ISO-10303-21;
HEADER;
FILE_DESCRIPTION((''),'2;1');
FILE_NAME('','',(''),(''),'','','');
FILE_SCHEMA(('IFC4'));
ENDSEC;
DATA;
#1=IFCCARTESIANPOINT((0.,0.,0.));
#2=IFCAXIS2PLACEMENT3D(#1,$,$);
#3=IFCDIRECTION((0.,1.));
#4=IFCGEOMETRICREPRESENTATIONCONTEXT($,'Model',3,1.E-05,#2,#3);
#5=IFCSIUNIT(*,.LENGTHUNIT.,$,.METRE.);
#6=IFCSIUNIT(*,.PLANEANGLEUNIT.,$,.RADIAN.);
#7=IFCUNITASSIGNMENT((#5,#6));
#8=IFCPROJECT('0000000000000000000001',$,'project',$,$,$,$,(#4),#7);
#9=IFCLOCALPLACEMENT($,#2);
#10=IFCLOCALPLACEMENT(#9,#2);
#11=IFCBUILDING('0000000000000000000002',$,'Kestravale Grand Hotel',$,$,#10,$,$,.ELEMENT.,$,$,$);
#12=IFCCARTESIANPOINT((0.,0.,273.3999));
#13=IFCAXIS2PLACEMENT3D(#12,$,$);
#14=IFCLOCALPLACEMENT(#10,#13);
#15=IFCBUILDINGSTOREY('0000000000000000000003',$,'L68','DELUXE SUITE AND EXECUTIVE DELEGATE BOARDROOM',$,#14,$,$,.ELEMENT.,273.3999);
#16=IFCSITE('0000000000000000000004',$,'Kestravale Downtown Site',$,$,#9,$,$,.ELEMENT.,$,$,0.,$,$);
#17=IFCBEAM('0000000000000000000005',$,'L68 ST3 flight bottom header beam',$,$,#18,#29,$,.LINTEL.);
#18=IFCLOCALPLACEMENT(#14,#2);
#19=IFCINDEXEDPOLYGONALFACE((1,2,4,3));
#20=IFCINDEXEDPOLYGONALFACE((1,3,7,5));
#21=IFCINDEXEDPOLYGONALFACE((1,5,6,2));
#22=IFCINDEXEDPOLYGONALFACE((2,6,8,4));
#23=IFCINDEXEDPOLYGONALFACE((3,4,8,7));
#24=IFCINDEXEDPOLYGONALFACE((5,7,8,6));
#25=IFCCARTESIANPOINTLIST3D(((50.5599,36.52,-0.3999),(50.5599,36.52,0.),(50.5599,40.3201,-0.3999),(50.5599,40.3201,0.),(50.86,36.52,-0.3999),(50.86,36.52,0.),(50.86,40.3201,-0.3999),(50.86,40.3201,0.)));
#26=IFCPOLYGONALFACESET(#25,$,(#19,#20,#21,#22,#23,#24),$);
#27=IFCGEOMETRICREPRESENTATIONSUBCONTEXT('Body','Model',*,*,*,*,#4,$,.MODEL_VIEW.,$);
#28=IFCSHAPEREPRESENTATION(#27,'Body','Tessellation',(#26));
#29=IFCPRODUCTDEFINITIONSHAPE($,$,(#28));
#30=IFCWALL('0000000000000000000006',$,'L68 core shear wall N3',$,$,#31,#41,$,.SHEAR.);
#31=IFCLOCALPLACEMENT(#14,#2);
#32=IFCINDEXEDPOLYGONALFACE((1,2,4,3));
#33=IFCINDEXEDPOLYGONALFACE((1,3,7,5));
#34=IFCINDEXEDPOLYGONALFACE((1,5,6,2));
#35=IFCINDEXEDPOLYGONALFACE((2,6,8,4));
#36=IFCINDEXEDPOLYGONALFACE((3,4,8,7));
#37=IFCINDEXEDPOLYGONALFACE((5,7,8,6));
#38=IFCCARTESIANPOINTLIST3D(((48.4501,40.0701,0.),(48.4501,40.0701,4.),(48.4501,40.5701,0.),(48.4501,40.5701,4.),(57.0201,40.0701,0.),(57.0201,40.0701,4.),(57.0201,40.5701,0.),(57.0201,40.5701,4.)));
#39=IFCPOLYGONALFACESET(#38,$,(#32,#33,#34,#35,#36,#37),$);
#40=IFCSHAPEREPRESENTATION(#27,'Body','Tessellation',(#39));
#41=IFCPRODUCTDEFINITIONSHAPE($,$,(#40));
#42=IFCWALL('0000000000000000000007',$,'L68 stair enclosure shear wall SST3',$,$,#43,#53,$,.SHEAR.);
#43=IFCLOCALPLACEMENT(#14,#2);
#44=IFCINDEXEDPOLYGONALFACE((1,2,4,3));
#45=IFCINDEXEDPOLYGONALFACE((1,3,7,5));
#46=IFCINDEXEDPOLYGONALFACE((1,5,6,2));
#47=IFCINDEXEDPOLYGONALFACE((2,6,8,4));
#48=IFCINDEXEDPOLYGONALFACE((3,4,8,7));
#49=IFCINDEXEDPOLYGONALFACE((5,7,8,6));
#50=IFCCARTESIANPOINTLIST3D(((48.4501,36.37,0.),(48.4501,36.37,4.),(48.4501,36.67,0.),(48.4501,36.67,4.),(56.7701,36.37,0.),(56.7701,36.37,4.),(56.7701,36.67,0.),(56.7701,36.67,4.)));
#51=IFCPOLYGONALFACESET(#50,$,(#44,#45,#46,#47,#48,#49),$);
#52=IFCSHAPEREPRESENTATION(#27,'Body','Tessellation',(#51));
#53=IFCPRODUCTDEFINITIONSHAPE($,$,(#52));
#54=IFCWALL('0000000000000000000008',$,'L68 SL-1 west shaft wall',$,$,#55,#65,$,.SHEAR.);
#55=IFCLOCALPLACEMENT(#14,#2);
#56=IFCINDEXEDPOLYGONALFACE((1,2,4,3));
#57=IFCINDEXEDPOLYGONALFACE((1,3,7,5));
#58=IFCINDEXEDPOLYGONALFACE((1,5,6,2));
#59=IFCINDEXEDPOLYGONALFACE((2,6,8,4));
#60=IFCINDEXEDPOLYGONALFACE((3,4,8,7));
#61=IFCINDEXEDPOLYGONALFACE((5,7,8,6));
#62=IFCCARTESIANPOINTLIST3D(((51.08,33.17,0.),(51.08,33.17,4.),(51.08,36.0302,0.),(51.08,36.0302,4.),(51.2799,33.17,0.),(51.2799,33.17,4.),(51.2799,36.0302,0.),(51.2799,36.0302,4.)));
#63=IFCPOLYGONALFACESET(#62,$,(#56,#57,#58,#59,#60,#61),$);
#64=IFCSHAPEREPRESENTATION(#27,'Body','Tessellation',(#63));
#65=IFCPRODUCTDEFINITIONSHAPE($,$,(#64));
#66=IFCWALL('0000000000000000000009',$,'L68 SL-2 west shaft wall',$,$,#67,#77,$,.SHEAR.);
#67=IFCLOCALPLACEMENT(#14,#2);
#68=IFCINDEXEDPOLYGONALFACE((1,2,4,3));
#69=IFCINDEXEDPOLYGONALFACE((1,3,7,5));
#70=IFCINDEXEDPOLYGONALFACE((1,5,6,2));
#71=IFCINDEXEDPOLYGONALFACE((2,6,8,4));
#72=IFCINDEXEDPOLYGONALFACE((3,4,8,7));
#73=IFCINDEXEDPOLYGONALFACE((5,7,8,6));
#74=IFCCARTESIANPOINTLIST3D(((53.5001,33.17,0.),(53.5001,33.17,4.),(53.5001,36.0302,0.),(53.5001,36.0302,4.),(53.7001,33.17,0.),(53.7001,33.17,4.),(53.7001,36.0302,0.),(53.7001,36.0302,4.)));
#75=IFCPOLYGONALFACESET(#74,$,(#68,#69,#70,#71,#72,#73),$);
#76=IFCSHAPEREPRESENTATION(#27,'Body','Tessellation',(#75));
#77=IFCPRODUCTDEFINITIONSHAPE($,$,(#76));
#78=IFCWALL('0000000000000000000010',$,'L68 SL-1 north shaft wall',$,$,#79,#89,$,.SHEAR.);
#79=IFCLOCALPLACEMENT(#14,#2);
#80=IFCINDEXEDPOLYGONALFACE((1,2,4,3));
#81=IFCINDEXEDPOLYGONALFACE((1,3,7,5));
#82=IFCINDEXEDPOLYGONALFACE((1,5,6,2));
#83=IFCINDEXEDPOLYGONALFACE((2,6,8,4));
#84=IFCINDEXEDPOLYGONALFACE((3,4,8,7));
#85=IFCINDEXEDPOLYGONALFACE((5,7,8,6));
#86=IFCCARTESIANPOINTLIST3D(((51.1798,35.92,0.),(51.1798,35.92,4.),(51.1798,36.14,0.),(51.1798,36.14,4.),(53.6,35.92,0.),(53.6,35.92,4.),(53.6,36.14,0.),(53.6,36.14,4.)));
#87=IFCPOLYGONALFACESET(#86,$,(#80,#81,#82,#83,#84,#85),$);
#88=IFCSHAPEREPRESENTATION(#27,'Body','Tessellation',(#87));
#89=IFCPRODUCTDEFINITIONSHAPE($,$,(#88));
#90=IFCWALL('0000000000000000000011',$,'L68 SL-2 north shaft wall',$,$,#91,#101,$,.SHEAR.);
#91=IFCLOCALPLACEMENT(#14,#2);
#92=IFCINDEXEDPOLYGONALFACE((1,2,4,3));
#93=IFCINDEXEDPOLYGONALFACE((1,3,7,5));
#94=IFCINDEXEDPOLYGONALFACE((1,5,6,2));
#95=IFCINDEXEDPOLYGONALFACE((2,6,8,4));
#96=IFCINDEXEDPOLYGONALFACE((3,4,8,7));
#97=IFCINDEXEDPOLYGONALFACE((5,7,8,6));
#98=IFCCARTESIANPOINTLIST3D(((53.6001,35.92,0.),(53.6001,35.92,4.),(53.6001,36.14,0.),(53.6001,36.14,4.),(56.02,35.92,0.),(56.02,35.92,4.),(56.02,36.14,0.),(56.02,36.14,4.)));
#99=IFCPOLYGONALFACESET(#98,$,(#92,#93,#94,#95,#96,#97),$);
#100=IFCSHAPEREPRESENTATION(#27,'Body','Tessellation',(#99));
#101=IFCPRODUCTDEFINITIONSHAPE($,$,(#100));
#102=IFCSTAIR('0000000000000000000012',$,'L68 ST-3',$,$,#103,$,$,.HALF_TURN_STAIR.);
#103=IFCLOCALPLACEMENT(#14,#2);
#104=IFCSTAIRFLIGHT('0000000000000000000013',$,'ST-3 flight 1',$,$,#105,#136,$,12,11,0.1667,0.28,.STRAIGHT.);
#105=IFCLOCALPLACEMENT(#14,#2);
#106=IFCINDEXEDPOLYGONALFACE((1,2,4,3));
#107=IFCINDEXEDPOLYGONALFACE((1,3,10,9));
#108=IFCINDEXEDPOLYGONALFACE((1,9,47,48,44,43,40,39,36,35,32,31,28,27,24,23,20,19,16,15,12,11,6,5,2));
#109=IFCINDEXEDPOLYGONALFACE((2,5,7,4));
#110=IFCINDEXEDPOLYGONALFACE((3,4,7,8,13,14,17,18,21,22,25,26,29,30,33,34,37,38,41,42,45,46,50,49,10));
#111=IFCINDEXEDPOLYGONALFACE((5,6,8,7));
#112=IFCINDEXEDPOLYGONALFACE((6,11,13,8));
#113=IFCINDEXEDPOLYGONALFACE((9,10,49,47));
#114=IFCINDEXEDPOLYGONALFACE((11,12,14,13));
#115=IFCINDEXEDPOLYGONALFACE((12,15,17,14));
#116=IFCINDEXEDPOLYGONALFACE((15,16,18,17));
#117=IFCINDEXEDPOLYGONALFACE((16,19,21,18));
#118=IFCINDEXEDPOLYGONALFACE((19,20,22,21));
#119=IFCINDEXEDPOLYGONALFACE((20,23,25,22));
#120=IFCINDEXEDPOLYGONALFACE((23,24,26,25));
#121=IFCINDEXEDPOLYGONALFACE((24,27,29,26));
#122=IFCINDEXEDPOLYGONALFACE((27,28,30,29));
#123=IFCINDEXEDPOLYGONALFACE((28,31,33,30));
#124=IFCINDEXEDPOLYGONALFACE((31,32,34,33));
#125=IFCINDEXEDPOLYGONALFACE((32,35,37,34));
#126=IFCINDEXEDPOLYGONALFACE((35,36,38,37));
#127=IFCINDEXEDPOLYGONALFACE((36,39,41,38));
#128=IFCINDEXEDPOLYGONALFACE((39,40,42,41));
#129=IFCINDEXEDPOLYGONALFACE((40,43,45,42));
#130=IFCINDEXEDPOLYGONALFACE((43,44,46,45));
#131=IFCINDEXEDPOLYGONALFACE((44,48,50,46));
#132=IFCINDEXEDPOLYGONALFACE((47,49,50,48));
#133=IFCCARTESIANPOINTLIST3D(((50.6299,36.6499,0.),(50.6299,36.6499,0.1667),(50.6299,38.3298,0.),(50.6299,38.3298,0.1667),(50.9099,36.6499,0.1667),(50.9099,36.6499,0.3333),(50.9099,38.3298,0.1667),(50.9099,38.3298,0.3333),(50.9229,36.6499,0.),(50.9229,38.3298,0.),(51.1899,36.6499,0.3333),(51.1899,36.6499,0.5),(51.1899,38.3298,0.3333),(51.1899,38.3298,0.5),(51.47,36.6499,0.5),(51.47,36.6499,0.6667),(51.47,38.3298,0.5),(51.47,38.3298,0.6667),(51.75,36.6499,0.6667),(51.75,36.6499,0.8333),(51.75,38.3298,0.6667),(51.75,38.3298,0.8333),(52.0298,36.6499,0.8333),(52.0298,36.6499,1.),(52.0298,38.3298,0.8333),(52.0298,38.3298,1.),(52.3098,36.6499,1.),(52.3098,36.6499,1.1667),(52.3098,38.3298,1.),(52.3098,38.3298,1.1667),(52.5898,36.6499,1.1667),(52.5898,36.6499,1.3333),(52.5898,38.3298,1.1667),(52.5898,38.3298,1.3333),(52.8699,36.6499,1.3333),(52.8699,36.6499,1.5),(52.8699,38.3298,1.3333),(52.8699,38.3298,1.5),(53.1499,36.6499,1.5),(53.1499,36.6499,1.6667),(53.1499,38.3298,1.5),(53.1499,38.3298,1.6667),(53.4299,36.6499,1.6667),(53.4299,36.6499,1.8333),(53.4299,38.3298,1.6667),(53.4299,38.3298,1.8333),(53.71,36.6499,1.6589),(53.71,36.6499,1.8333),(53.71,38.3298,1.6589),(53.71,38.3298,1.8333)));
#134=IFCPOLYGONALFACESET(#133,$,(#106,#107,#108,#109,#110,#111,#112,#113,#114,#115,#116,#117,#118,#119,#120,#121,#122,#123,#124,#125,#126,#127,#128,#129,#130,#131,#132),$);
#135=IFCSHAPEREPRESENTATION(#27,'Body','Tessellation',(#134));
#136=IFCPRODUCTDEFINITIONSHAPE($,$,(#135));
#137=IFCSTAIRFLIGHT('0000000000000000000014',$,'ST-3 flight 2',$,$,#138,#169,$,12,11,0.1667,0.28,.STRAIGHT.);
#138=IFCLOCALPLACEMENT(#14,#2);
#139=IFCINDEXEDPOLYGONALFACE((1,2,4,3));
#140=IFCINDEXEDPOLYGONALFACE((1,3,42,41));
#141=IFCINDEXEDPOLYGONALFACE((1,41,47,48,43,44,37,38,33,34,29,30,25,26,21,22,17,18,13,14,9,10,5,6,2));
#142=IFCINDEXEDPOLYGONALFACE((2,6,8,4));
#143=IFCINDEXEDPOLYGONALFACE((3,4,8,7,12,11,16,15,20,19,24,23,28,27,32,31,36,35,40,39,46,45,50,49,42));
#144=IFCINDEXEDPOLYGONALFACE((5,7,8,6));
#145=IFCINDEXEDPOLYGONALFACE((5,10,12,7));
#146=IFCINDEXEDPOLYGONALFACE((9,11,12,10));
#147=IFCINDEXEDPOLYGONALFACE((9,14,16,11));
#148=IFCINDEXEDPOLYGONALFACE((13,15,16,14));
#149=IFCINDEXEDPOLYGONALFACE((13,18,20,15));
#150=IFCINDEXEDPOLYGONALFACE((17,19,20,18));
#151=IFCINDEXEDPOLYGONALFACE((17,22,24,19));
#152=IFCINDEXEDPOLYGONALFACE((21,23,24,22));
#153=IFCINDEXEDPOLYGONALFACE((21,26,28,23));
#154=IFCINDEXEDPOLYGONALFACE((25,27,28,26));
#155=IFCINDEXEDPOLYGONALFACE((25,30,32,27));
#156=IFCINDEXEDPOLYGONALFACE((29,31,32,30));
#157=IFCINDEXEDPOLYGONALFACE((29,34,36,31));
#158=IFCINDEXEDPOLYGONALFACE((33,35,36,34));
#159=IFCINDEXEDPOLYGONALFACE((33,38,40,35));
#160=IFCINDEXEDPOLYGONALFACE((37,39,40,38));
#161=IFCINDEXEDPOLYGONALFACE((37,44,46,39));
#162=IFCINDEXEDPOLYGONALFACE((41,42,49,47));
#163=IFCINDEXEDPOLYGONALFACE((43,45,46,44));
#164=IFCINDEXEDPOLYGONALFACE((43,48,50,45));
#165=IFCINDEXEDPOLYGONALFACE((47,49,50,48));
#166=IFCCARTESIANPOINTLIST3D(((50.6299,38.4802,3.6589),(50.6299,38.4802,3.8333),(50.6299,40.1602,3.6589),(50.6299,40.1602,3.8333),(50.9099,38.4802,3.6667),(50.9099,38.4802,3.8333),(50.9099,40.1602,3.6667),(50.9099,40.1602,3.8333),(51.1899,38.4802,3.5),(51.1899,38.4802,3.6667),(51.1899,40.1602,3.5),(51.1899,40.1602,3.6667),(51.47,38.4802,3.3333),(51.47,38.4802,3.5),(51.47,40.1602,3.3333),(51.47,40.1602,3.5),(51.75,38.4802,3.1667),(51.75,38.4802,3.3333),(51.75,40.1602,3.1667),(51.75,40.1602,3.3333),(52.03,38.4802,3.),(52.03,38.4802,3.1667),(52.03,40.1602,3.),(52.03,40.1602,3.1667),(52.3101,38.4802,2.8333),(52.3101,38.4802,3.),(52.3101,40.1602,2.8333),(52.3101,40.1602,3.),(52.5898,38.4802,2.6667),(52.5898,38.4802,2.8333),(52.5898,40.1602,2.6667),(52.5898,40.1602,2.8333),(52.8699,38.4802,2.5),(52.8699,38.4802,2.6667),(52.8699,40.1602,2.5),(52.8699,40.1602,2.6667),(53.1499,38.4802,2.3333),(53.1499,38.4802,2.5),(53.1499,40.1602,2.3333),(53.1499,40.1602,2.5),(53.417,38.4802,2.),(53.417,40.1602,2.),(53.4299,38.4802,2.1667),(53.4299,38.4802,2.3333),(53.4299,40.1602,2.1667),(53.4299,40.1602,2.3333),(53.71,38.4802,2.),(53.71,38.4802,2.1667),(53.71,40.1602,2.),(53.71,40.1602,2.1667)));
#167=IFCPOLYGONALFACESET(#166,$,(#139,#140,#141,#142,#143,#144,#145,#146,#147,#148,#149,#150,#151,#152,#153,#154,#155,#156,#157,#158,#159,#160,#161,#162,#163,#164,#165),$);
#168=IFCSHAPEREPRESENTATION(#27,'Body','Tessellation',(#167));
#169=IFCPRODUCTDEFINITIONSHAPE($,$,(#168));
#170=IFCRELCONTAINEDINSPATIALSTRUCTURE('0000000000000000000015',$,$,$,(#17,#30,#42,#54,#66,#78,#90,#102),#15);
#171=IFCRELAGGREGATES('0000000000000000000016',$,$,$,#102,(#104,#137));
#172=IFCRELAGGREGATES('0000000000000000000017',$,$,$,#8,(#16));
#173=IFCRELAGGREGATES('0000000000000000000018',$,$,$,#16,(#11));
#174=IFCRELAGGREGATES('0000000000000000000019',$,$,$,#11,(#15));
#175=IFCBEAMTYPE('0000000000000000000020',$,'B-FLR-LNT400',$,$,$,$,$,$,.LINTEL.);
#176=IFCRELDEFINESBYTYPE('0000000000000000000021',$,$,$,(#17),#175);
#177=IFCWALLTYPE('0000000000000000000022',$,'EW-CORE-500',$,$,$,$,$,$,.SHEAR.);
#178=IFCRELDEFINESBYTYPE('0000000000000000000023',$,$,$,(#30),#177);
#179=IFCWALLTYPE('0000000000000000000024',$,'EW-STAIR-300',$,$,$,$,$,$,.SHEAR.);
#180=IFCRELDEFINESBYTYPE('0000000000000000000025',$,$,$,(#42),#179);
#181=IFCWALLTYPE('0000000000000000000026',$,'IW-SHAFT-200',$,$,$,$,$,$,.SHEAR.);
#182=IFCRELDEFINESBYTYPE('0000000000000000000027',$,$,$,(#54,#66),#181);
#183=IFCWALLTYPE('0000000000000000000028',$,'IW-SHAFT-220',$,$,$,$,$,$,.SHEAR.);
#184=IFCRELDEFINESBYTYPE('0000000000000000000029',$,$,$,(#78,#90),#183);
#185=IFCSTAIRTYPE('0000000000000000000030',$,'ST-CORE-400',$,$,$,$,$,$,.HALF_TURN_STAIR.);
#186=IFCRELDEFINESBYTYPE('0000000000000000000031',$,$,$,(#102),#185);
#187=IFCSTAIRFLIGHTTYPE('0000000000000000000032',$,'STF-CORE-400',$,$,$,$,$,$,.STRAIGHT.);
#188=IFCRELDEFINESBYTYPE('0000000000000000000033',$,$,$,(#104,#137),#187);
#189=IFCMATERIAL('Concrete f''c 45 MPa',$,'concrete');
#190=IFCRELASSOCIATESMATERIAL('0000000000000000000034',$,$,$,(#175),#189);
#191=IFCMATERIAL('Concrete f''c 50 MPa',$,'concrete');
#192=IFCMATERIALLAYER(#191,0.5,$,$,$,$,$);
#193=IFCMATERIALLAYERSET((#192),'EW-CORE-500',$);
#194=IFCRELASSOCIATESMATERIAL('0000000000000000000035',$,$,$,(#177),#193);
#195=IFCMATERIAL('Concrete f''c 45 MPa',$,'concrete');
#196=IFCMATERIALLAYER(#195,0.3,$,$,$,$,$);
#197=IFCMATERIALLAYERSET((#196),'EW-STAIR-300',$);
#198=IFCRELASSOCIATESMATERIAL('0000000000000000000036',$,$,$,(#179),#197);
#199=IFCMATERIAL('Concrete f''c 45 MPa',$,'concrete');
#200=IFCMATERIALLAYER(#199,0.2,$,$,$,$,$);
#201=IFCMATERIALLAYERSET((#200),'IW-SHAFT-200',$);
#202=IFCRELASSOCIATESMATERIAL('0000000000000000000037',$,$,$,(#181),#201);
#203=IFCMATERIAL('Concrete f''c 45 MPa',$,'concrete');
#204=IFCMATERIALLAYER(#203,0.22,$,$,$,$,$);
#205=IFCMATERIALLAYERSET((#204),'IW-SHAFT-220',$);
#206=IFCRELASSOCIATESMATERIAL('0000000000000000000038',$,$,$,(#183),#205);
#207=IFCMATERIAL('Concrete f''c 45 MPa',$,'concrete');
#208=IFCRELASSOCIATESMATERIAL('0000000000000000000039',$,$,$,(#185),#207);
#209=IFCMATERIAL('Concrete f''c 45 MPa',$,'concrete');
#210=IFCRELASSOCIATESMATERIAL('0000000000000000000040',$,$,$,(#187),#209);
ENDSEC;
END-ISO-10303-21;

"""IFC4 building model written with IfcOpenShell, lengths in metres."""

from ifc_helpers import new_model, si_unit, direction, frame, frame_2d, origin, origin_2d, place, context, subcontext, project, spatial, polyline, rectangle, outline, extrude, material, layer, layer_set, material_profile, profile_set, type_object, element, aggregate, save


model = new_model("IFC4")

# Units and contexts
model_context = context("Model", 3, precision=1e-05, world=origin(), true_north=direction((0.0, 1.0)))
body_context = subcontext(model_context, "Body", "Model", "MODEL_VIEW")
ifc_project = project(units=[si_unit("LENGTHUNIT", "METRE"), si_unit("PLANEANGLEUNIT", "RADIAN")], contexts=[model_context])

# Site, building, storey
site_placement = place(None, origin())
site = spatial("IfcSite", under=ifc_project, at=site_placement, Name="Kestravale Downtown Site", CompositionType="ELEMENT", RefElevation=0.0)
building_placement = place(site_placement, origin())
building = spatial("IfcBuilding", under=site, at=building_placement, Name="Kestravale Grand Hotel", CompositionType="ELEMENT")
storey_placement = place(building_placement, frame((0.0, 0.0, 273.3999)))
storey = spatial("IfcBuildingStorey", under=building, at=storey_placement, Name="L68", Description="DELUXE SUITE AND EXECUTIVE DELEGATE BOARDROOM", CompositionType="ELEMENT", Elevation=273.3999)

# Beam
ifc_material_1 = material(Name="Concrete f'c 45 MPa", Category="concrete")
ifc_material_profile = material_profile(ifc_material_1, rectangle(XDim=0.3, YDim=0.3999, at=origin_2d()))
ifc_profile_set = profile_set([ifc_material_profile], Name="Concrete f'c 45 MPa")
beam_type = type_object("IfcBeamType", Name="B-FLR-LNT400", PredefinedType="LINTEL", material=ifc_profile_set)
beam_placement = place(storey_placement, frame((50.71, 36.52, -0.2), z_axis=(0.0, 1.0, 0.0), x_axis=(-1.0, 0.0, 0.0)))
element("IfcBeam", 1, at=beam_placement, inside=storey, type_object=beam_type, Name="L68 ST3 flight bottom header beam", PredefinedType="LINTEL", context=body_context, shape_type="SweptSolid", body=[
    extrude(rectangle(XDim=0.3, YDim=0.3999, at=origin_2d()), origin(), (0.0, 0.0, 1.0), 3.8),
])

# Walls
ifc_material_2 = material(Name="Concrete f'c 50 MPa", Category="concrete")
ifc_layer_1 = layer(ifc_material_2, 0.5)
ifc_layer_set_1 = layer_set([ifc_layer_1], Name="EW-CORE-500")
wall_type_1 = type_object("IfcWallType", Name="EW-CORE-500", PredefinedType="SHEAR", material=ifc_layer_set_1)
wall_1_placement = place(storey_placement, frame((48.45, 40.3201, 0.0), z_axis=(0.0, 0.0, 1.0), x_axis=(1.0, 0.0, 0.0)))
element("IfcWall", 2, at=wall_1_placement, inside=storey, type_object=wall_type_1, Name="L68 core shear wall N3", PredefinedType="SHEAR", context=body_context, shape_type="SweptSolid", body=[
    extrude(rectangle(XDim=8.5701, YDim=0.5, at=frame_2d((4.2852, 0.0))), origin(), (0.0, 0.0, 1.0), 4.0),
])
ifc_material_3 = material(Name="Concrete f'c 45 MPa", Category="concrete")
ifc_layer_2 = layer(ifc_material_3, 0.3)
ifc_layer_set_2 = layer_set([ifc_layer_2], Name="EW-STAIR-300")
wall_type_2 = type_object("IfcWallType", Name="EW-STAIR-300", PredefinedType="SHEAR", material=ifc_layer_set_2)
wall_2_placement = place(storey_placement, frame((48.45, 36.52, 0.0), z_axis=(0.0, 0.0, 1.0), x_axis=(1.0, 0.0, 0.0)))
element("IfcWall", 3, at=wall_2_placement, inside=storey, type_object=wall_type_2, Name="L68 stair enclosure shear wall SST3", PredefinedType="SHEAR", context=body_context, shape_type="SweptSolid", body=[
    extrude(rectangle(XDim=8.3201, YDim=0.3, at=frame_2d((4.1602, 0.0))), origin(), (0.0, 0.0, 1.0), 4.0),
])
ifc_material_4 = material(Name="Concrete f'c 45 MPa", Category="concrete")
ifc_layer_3 = layer(ifc_material_4, 0.2)
ifc_layer_set_3 = layer_set([ifc_layer_3], Name="IW-SHAFT-200")
wall_type_3 = type_object("IfcWallType", Name="IW-SHAFT-200", PredefinedType="SHEAR", material=ifc_layer_set_3)
for number, where, z_axis, x_axis, name in (
    (4, (51.1799, 33.1699, 0.0), (0.0, 0.0, 1.0), (0.0, 1.0, 0.0), "L68 SL-1 west shaft wall"),
    (5, (53.6001, 33.1699, 0.0), (0.0, 0.0, 1.0), (0.0, 1.0, 0.0), "L68 SL-2 west shaft wall"),
):
    element("IfcWall", number, at=place(storey_placement, frame(where, z_axis=z_axis, x_axis=x_axis)), inside=storey, type_object=wall_type_3, Name=name, PredefinedType="SHEAR", context=body_context, shape_type="SweptSolid", body=[
        extrude(rectangle(XDim=2.8601, YDim=0.2, at=frame_2d((1.4302, 0.0))), origin(), (0.0, 0.0, 1.0), 4.0),
    ])
ifc_material_5 = material(Name="Concrete f'c 45 MPa", Category="concrete")
ifc_layer_4 = layer(ifc_material_5, 0.22)
ifc_layer_set_4 = layer_set([ifc_layer_4], Name="IW-SHAFT-220")
wall_type_4 = type_object("IfcWallType", Name="IW-SHAFT-220", PredefinedType="SHEAR", material=ifc_layer_set_4)
wall_3_placement = place(storey_placement, frame((51.1799, 36.03, 0.0), z_axis=(0.0, 0.0, 1.0), x_axis=(1.0, 0.0, 0.0)))
element("IfcWall", 6, at=wall_3_placement, inside=storey, type_object=wall_type_4, Name="L68 SL-1 north shaft wall", PredefinedType="SHEAR", context=body_context, shape_type="SweptSolid", body=[
    extrude(rectangle(XDim=2.4202, YDim=0.22, at=frame_2d((1.21, 0.0))), origin(), (0.0, 0.0, 1.0), 4.0),
])

# Wall
wall_4_placement = place(storey_placement, frame((53.6001, 36.03, 0.0), z_axis=(0.0, 0.0, 1.0), x_axis=(1.0, 0.0, 0.0)))
element("IfcWall", 7, at=wall_4_placement, inside=storey, type_object=wall_type_4, Name="L68 SL-2 north shaft wall", PredefinedType="SHEAR", context=body_context, shape_type="SweptSolid", body=[
    extrude(rectangle(XDim=2.4199, YDim=0.22, at=frame_2d((1.21, 0.0))), origin(), (0.0, 0.0, 1.0), 4.0),
])

# Stair, stair flights
ifc_material_6 = material(Name="Concrete f'c 45 MPa", Category="concrete")
stair_type = type_object("IfcStairType", Name="ST-CORE-400", PredefinedType="HALF_TURN_STAIR", material=ifc_material_6)
stair_placement = place(storey_placement, origin())
stair = element("IfcStair", 8, at=stair_placement, inside=storey, type_object=stair_type, Name="L68 ST-3", PredefinedType="HALF_TURN_STAIR")
ifc_material_7 = material(Name="Concrete f'c 45 MPa", Category="concrete")
stair_flight_type = type_object("IfcStairFlightType", Name="STF-CORE-400", PredefinedType="STRAIGHT", material=ifc_material_7)
stair_flight_1_placement = place(storey_placement, frame((50.6299, 37.49, 0.0), z_axis=(0.0, 0.0, 1.0), x_axis=(1.0, 0.0, 0.0)))
stair_flight_1 = element("IfcStairFlight", 9, at=stair_flight_1_placement, type_object=stair_flight_type, Name="ST-3 flight 1", NumberOfRisers=12, NumberOfTreads=11, PredefinedType="STRAIGHT", RiserHeight=0.1667, TreadLength=0.28, context=body_context, shape_type="SweptSolid", body=[
    extrude(outline(polyline([(0.0, 0.0), (0.0, 0.1667), (0.28, 0.1667), (0.28, 0.3333), (0.5601, 0.3333), (0.5601, 0.5), (0.8401, 0.5), (0.8401, 0.6667), (1.1201, 0.6667), (1.1201, 0.8333), (1.3999, 0.8333), (1.3999, 1.0), (1.6799, 1.0), (1.6799, 1.1667), (1.96, 1.1667), (1.96, 1.3333), (2.24, 1.3333), (2.24, 1.5), (2.52, 1.5), (2.52, 1.6667), (2.8, 1.6667), (2.8, 1.8333), (3.0801, 1.8333), (3.0801, 2.0), (3.0801, 1.6589), (0.293, 0.0), (0.0, 0.0)])), frame((0.0, 0.8398, 0.0), z_axis=(0.0, -1.0, 0.0), x_axis=(1.0, 0.0, 0.0)), (0.0, 0.0, 1.0), 1.6799),
])
stair_flight_2_placement = place(storey_placement, frame((53.71, 39.3201, 2.0), z_axis=(0.0, 0.0, 1.0), x_axis=(-1.0, 0.0, 0.0)))
stair_flight_2 = element("IfcStairFlight", 10, at=stair_flight_2_placement, type_object=stair_flight_type, Name="ST-3 flight 2", NumberOfRisers=12, NumberOfTreads=11, PredefinedType="STRAIGHT", RiserHeight=0.1667, TreadLength=0.28, context=body_context, shape_type="SweptSolid", body=[
    extrude(outline(polyline([(0.0, 0.0), (0.0, 0.1667), (0.28, 0.1667), (0.28, 0.3333), (0.5601, 0.3333), (0.5601, 0.5), (0.8401, 0.5), (0.8401, 0.6667), (1.1201, 0.6667), (1.1201, 0.8333), (1.3999, 0.8333), (1.3999, 1.0), (1.6799, 1.0), (1.6799, 1.1667), (1.96, 1.1667), (1.96, 1.3333), (2.24, 1.3333), (2.24, 1.5), (2.52, 1.5), (2.52, 1.6667), (2.8, 1.6667), (2.8, 1.8333), (3.0801, 1.8333), (3.0801, 2.0), (3.0801, 1.6589), (0.293, 0.0), (0.0, 0.0)])), frame((0.0, 0.8398, 0.0), z_axis=(0.0, -1.0, 0.0), x_axis=(1.0, 0.0, 0.0)), (0.0, 0.0, 1.0), 1.6799),
])
aggregate(stair, [stair_flight_1, stair_flight_2])

save(model, "model.ifc")
